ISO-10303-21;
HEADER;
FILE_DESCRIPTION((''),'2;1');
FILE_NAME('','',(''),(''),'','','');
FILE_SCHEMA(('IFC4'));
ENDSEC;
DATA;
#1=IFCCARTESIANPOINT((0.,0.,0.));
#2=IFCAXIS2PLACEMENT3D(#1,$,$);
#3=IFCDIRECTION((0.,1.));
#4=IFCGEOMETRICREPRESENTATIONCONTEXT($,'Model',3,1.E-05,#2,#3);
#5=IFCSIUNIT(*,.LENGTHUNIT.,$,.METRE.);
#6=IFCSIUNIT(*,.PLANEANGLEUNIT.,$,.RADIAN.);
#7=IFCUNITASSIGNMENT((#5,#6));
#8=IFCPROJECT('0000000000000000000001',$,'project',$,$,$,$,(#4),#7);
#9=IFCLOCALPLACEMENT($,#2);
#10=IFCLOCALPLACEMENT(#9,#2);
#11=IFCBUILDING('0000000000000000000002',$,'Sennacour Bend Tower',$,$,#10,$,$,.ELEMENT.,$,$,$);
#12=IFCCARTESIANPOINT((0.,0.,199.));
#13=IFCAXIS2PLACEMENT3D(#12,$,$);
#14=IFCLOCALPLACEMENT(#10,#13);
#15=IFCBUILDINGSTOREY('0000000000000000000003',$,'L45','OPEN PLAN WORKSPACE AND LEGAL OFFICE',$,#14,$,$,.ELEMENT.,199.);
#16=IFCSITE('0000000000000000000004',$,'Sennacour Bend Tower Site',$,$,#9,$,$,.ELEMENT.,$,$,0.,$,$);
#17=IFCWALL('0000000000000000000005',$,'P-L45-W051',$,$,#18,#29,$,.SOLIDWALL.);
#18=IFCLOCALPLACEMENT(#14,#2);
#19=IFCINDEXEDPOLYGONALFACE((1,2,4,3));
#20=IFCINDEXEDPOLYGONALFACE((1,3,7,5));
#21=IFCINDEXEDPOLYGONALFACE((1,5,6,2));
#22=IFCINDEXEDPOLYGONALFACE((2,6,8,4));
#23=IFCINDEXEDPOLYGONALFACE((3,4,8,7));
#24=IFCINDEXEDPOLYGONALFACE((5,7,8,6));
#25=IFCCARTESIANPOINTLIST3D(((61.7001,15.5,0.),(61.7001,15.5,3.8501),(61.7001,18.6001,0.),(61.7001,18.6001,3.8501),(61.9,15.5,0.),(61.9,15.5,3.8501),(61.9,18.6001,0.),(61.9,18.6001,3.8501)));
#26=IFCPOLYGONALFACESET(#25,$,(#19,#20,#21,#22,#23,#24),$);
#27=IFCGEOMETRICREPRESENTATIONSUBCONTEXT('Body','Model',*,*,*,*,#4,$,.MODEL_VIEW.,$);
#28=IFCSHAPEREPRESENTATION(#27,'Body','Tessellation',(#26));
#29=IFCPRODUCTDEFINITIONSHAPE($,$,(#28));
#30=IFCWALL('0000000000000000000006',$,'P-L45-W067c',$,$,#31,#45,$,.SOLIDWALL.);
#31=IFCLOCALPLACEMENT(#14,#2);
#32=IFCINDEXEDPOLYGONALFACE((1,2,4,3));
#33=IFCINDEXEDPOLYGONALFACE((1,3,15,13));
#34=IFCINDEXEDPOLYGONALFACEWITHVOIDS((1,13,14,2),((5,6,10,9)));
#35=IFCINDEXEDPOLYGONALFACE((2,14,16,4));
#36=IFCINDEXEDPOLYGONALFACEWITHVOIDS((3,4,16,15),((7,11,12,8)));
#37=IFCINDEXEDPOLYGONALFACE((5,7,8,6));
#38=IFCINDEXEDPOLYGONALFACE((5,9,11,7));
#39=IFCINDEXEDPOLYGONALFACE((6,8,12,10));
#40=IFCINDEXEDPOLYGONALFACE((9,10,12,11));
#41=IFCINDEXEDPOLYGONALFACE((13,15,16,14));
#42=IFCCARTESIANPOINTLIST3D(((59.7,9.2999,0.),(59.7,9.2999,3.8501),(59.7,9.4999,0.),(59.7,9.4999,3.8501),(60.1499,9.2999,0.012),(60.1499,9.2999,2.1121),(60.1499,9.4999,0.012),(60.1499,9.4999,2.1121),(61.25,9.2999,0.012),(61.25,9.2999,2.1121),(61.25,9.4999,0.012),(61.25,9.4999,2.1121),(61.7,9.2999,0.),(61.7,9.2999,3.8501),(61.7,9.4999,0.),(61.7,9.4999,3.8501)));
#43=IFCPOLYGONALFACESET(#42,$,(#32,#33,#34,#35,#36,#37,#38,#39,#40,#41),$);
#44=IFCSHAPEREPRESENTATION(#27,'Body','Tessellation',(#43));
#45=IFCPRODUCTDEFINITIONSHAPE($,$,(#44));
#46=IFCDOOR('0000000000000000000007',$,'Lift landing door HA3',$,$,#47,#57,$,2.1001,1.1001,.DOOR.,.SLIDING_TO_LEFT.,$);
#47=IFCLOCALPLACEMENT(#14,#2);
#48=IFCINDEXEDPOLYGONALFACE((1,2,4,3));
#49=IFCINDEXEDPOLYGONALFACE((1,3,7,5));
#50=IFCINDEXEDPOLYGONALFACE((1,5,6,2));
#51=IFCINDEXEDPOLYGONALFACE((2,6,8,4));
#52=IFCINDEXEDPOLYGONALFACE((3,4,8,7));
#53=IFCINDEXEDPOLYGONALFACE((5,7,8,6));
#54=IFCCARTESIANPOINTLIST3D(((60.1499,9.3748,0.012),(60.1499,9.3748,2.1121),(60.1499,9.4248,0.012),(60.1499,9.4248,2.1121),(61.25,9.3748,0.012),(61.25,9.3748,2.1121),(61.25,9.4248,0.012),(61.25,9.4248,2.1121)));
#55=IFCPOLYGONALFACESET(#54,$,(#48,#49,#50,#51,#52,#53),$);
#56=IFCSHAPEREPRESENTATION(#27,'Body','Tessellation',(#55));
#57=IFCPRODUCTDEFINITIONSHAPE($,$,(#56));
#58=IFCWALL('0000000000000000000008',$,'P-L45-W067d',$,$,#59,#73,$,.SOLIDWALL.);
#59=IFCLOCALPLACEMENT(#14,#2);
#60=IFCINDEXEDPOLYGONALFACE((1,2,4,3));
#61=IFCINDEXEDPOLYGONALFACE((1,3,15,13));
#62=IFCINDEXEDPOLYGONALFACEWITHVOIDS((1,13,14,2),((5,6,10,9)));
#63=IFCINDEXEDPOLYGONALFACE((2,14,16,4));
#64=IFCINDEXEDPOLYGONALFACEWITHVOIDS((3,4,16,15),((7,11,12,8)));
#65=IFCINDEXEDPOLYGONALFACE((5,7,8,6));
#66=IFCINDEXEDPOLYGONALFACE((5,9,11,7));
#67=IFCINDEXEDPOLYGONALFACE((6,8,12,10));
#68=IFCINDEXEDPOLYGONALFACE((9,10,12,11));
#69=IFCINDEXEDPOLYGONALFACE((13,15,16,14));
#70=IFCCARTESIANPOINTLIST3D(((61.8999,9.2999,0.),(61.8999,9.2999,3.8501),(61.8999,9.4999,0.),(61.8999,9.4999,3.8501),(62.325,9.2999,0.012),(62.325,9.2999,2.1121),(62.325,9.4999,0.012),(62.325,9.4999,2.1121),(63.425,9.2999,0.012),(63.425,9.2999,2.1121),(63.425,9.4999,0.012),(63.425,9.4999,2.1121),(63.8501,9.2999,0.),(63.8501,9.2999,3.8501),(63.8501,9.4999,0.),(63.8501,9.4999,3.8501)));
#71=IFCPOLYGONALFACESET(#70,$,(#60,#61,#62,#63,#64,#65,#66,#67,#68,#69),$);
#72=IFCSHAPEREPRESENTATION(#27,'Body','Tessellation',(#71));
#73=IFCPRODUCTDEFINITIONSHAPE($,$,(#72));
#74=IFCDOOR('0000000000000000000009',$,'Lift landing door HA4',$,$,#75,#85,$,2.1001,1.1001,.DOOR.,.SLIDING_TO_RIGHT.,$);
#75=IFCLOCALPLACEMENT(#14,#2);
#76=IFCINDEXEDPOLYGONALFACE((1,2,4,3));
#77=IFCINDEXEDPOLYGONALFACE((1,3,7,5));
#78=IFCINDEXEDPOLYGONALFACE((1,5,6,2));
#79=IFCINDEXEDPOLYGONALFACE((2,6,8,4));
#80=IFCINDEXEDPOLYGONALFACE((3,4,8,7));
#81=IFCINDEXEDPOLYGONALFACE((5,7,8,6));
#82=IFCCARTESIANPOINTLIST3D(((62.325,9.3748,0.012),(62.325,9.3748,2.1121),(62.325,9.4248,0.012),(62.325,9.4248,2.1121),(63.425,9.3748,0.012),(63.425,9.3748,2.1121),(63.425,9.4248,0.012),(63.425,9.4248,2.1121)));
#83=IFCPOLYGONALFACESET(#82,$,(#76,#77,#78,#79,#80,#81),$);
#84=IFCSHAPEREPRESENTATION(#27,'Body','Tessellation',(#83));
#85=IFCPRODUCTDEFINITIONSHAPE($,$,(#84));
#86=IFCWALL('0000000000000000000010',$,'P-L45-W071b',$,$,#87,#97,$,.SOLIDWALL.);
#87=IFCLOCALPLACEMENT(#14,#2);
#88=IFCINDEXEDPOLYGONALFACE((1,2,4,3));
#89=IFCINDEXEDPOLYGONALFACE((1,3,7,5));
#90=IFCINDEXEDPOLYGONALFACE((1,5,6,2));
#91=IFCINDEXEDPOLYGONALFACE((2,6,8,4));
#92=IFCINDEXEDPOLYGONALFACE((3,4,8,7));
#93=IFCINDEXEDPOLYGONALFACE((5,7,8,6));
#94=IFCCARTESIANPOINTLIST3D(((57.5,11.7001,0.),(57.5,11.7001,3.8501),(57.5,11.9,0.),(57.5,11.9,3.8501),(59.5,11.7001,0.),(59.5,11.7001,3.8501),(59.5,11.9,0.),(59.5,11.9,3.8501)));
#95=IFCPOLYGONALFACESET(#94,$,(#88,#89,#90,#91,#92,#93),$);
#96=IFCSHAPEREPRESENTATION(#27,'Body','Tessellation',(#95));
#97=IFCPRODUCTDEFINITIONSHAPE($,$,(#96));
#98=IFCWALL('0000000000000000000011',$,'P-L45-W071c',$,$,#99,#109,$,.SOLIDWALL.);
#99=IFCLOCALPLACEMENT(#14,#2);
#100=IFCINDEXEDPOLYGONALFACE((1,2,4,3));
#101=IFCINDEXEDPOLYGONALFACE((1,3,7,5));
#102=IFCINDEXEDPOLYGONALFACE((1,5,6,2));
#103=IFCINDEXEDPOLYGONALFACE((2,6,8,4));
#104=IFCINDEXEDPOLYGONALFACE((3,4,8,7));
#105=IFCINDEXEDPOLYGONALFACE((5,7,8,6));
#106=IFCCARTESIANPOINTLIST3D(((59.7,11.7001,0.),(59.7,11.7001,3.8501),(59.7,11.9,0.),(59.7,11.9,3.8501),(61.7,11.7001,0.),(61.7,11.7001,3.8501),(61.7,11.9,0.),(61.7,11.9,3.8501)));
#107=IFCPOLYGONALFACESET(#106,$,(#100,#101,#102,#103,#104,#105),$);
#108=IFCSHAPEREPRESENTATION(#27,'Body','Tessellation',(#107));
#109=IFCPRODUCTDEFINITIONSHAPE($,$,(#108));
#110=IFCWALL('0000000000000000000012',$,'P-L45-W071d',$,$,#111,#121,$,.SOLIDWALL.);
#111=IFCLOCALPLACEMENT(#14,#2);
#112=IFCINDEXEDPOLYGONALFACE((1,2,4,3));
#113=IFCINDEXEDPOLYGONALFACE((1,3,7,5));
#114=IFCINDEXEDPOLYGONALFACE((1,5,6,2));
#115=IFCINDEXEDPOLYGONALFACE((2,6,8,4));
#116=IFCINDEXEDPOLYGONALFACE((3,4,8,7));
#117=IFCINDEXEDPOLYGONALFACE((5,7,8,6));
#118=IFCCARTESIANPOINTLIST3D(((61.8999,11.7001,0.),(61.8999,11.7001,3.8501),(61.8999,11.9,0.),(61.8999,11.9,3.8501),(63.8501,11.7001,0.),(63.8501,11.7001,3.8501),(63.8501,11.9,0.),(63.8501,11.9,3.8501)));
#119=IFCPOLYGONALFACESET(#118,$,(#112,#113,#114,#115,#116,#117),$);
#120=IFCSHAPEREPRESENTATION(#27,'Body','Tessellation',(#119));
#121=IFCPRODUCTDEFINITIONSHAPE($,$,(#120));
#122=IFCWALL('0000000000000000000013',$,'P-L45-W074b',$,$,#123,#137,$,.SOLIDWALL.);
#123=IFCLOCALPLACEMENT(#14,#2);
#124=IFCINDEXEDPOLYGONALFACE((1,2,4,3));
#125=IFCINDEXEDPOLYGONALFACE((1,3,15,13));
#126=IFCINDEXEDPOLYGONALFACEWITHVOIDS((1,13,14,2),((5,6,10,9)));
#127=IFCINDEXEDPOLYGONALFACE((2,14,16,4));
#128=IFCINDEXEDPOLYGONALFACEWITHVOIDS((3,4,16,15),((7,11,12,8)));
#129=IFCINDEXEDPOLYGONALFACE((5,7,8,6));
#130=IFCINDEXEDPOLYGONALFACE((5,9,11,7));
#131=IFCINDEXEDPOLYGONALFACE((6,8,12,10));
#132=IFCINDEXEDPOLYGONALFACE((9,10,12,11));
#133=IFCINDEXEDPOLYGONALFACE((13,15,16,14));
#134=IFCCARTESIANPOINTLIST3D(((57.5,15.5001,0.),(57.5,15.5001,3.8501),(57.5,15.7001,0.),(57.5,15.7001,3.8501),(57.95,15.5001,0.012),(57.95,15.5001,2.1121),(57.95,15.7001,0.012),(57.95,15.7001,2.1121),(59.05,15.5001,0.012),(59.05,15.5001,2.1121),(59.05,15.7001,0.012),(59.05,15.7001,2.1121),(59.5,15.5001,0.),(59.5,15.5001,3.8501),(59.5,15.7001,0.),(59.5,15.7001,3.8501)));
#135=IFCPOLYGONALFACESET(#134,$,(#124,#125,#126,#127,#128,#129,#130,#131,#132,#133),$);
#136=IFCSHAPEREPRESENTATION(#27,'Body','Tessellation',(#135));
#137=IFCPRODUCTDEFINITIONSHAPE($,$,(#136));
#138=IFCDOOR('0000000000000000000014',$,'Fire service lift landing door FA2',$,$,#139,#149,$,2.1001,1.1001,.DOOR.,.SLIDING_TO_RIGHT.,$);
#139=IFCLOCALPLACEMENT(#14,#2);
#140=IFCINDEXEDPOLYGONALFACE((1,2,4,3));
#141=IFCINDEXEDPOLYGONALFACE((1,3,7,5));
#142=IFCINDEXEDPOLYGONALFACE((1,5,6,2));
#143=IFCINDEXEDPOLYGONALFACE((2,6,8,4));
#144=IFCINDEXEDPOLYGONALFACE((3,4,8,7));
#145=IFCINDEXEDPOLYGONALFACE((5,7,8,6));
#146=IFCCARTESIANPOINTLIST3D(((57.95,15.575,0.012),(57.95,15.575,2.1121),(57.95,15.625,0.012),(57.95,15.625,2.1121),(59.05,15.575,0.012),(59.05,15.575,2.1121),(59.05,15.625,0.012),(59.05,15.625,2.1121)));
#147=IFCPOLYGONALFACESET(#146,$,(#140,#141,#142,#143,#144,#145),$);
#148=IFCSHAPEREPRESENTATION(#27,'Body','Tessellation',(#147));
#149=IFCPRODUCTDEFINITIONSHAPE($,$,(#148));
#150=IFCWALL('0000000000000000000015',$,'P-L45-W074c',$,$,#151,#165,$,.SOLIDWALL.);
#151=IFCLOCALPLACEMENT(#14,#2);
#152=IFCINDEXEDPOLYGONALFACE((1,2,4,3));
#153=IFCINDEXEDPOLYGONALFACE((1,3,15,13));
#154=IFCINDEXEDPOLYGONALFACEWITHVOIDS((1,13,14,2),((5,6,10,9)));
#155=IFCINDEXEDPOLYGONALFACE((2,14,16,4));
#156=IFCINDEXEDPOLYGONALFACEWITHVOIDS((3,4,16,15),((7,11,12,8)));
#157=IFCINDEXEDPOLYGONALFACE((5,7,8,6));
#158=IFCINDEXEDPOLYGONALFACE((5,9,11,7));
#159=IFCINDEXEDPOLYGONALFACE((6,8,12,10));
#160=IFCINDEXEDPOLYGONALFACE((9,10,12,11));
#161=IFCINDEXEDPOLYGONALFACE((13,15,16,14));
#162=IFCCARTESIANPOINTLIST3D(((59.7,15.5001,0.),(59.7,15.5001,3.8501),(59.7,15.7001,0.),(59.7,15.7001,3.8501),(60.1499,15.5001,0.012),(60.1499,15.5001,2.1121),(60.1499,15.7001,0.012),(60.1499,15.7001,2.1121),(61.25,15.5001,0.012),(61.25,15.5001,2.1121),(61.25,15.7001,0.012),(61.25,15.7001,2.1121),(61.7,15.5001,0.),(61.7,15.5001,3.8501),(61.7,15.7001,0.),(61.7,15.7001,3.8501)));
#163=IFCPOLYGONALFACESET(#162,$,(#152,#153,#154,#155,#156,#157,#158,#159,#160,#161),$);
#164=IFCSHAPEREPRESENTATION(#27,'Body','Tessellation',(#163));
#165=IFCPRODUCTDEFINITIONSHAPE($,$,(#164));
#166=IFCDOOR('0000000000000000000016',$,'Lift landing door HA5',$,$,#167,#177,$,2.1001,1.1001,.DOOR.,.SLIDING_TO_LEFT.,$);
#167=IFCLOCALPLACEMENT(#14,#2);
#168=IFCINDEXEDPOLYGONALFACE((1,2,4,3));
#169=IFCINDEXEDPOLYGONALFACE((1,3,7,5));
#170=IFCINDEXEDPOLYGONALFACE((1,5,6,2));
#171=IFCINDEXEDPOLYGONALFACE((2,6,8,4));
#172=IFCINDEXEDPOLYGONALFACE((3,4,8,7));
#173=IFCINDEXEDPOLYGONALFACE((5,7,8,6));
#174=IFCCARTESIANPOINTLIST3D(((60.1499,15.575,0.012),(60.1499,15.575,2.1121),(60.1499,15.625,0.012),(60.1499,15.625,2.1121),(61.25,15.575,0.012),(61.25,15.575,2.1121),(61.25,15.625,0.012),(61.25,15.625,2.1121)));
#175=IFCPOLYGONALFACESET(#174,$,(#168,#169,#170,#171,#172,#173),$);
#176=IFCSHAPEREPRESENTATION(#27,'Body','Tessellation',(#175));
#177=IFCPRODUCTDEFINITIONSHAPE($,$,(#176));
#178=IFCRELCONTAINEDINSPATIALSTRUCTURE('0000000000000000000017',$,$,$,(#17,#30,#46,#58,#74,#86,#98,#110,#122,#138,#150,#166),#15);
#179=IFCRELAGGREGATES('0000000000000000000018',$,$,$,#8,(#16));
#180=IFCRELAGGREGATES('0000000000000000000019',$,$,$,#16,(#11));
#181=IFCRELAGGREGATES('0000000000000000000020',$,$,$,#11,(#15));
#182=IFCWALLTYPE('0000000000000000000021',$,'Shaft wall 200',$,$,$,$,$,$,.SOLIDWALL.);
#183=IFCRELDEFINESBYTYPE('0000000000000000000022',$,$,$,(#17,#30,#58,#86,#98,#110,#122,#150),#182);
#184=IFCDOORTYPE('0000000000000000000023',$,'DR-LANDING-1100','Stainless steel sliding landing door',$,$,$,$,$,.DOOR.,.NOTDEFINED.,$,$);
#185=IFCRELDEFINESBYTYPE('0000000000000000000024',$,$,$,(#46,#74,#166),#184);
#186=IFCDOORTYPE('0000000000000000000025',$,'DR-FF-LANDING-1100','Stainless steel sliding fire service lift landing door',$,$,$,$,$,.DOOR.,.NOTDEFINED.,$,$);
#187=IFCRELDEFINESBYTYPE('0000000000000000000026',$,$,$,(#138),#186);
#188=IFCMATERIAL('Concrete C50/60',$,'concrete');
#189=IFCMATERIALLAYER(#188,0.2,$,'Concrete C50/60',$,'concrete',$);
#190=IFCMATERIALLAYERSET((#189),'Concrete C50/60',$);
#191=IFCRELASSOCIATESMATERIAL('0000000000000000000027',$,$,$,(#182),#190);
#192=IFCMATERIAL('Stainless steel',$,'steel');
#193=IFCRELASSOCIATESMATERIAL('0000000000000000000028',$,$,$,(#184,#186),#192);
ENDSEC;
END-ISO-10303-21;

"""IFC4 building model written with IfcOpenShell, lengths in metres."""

from ifc_helpers import new_model, si_unit, direction, frame, frame_2d, origin, place, context, subcontext, project, spatial, rectangle, extrude, material, layer, layer_set, type_object, element, fill, save


model = new_model("IFC4")

# Units and contexts
model_context = context("Model", 3, precision=1e-05, world=origin(), true_north=direction((0.0, 1.0)))
body_context = subcontext(model_context, "Body", "Model", "MODEL_VIEW")
ifc_project = project(units=[si_unit("LENGTHUNIT", "METRE"), si_unit("PLANEANGLEUNIT", "RADIAN")], contexts=[model_context])

# Site, building, storey
site_placement = place(None, origin())
site = spatial("IfcSite", under=ifc_project, at=site_placement, Name="Sennacour Bend Tower Site", CompositionType="ELEMENT", RefElevation=0.0)
building_placement = place(site_placement, origin())
building = spatial("IfcBuilding", under=site, at=building_placement, Name="Sennacour Bend Tower", CompositionType="ELEMENT")
storey_placement = place(building_placement, frame((0.0, 0.0, 199.0)))
storey = spatial("IfcBuildingStorey", under=building, at=storey_placement, Name="L45", Description="OPEN PLAN WORKSPACE AND LEGAL OFFICE", CompositionType="ELEMENT", Elevation=199.0)

# Wall
ifc_material_1 = material(Name="Concrete C50/60", Category="concrete")
ifc_layer_1 = layer(ifc_material_1, 0.2, Name="Concrete C50/60", Category="concrete")
ifc_layer_set_1 = layer_set([ifc_layer_1], Name="Concrete C50/60")
wall_type_1 = type_object("IfcWallType", Name="Shaft wall 200", PredefinedType="SOLIDWALL", material=ifc_layer_set_1)
wall_1_placement = place(storey_placement, frame((61.8, 15.5, 0.0), z_axis=(0.0, 0.0, 1.0), x_axis=(0.0, 1.0, 0.0)))
element("IfcWall", 1, at=wall_1_placement, inside=storey, type_object=wall_type_1, Name="P-L45-W051", PredefinedType="SOLIDWALL", context=body_context, shape_type="SweptSolid", body=[
    extrude(rectangle(XDim=3.1001, YDim=0.2, at=frame_2d((1.55, 0.0))), origin(), (0.0, 0.0, 1.0), 3.8501),
])

# Walls, openings, doors
wall_2_placement = place(storey_placement, frame((59.7, 9.3999, 0.0), z_axis=(0.0, 0.0, 1.0), x_axis=(1.0, 0.0, 0.0)))
wall_2 = element("IfcWall", 2, at=wall_2_placement, inside=storey, type_object=wall_type_1, Name="P-L45-W067c", PredefinedType="SOLIDWALL", context=body_context, shape_type="SweptSolid", body=[
    extrude(rectangle(XDim=2.0, YDim=0.2, at=frame_2d((1.0, 0.0))), origin(), (0.0, 0.0, 1.0), 3.8501),
])
opening_1_placement = place(wall_2_placement, frame((0.45, 0.0, 0.012)))
opening_1 = element("IfcOpeningElement", 3, at=opening_1_placement, cuts=wall_2, PredefinedType="OPENING", context=body_context, shape_type="SweptSolid", body=[
    extrude(rectangle(XDim=1.1001, YDim=2.1001, at=frame_2d((0.55, 1.05))), frame((0.0, 0.1099, 0.0), z_axis=(0.0, -1.0, 0.0), x_axis=(1.0, 0.0, 0.0)), (0.0, 0.0, 1.0), 0.22),
])
ifc_material_2 = material(Name="Stainless steel", Category="steel")
door_type_1 = type_object("IfcDoorType", Name="DR-LANDING-1100", Description="Stainless steel sliding landing door", OperationType="NOTDEFINED", PredefinedType="DOOR", material=ifc_material_2)
door_1_placement = place(opening_1_placement, origin())
door_1 = element("IfcDoor", 4, at=door_1_placement, inside=storey, type_object=door_type_1, Name="Lift landing door HA3", OperationType="SLIDING_TO_LEFT", OverallHeight=2.1001, OverallWidth=1.1001, PredefinedType="DOOR", context=body_context, shape_type="SweptSolid", body=[
    extrude(rectangle(XDim=1.1001, YDim=2.1001, at=frame_2d((0.55, 1.05))), frame((0.0, 0.0249, 0.0), z_axis=(0.0, -1.0, 0.0), x_axis=(1.0, 0.0, 0.0)), (0.0, 0.0, 1.0), 0.05),
])
fill(opening_1, door_1)
wall_3_placement = place(storey_placement, frame((61.8999, 9.3999, 0.0), z_axis=(0.0, 0.0, 1.0), x_axis=(1.0, 0.0, 0.0)))
wall_3 = element("IfcWall", 5, at=wall_3_placement, inside=storey, type_object=wall_type_1, Name="P-L45-W067d", PredefinedType="SOLIDWALL", context=body_context, shape_type="SweptSolid", body=[
    extrude(rectangle(XDim=1.9502, YDim=0.2, at=frame_2d((0.9751, 0.0))), origin(), (0.0, 0.0, 1.0), 3.8501),
])
opening_2_placement = place(wall_3_placement, frame((0.425, 0.0, 0.012)))
opening_2 = element("IfcOpeningElement", 6, at=opening_2_placement, cuts=wall_3, PredefinedType="OPENING", context=body_context, shape_type="SweptSolid", body=[
    extrude(rectangle(XDim=1.1001, YDim=2.1001, at=frame_2d((0.55, 1.05))), frame((0.0, 0.1099, 0.0), z_axis=(0.0, -1.0, 0.0), x_axis=(1.0, 0.0, 0.0)), (0.0, 0.0, 1.0), 0.22),
])
door_2_placement = place(opening_2_placement, origin())
door_2 = element("IfcDoor", 7, at=door_2_placement, inside=storey, type_object=door_type_1, Name="Lift landing door HA4", OperationType="SLIDING_TO_RIGHT", OverallHeight=2.1001, OverallWidth=1.1001, PredefinedType="DOOR", context=body_context, shape_type="SweptSolid", body=[
    extrude(rectangle(XDim=1.1001, YDim=2.1001, at=frame_2d((0.55, 1.05))), frame((0.0, 0.0249, 0.0), z_axis=(0.0, -1.0, 0.0), x_axis=(1.0, 0.0, 0.0)), (0.0, 0.0, 1.0), 0.05),
])
fill(opening_2, door_2)

# Walls
for number, where, z_axis, x_axis, name in (
    (8, (57.5, 11.8, 0.0), (0.0, 0.0, 1.0), (1.0, 0.0, 0.0), "P-L45-W071b"),
    (9, (59.7, 11.8, 0.0), (0.0, 0.0, 1.0), (1.0, 0.0, 0.0), "P-L45-W071c"),
):
    element("IfcWall", number, at=place(storey_placement, frame(where, z_axis=z_axis, x_axis=x_axis)), inside=storey, type_object=wall_type_1, Name=name, PredefinedType="SOLIDWALL", context=body_context, shape_type="SweptSolid", body=[
        extrude(rectangle(XDim=2.0, YDim=0.2, at=frame_2d((1.0, 0.0))), origin(), (0.0, 0.0, 1.0), 3.8501),
    ])
wall_4_placement = place(storey_placement, frame((61.8999, 11.8, 0.0), z_axis=(0.0, 0.0, 1.0), x_axis=(1.0, 0.0, 0.0)))
element("IfcWall", 10, at=wall_4_placement, inside=storey, type_object=wall_type_1, Name="P-L45-W071d", PredefinedType="SOLIDWALL", context=body_context, shape_type="SweptSolid", body=[
    extrude(rectangle(XDim=1.9502, YDim=0.2, at=frame_2d((0.9751, 0.0))), origin(), (0.0, 0.0, 1.0), 3.8501),
])

# Walls, openings, doors
wall_5_placement = place(storey_placement, frame((57.5, 15.6001, 0.0), z_axis=(0.0, 0.0, 1.0), x_axis=(1.0, 0.0, 0.0)))
wall_5 = element("IfcWall", 11, at=wall_5_placement, inside=storey, type_object=wall_type_1, Name="P-L45-W074b", PredefinedType="SOLIDWALL", context=body_context, shape_type="SweptSolid", body=[
    extrude(rectangle(XDim=2.0, YDim=0.2, at=frame_2d((1.0, 0.0))), origin(), (0.0, 0.0, 1.0), 3.8501),
])
opening_3_placement = place(wall_5_placement, frame((0.45, 0.0, 0.012)))
opening_3 = element("IfcOpeningElement", 12, at=opening_3_placement, cuts=wall_5, PredefinedType="OPENING", context=body_context, shape_type="SweptSolid", body=[
    extrude(rectangle(XDim=1.1001, YDim=2.1001, at=frame_2d((0.55, 1.05))), frame((0.0, 0.1099, 0.0), z_axis=(0.0, -1.0, 0.0), x_axis=(1.0, 0.0, 0.0)), (0.0, 0.0, 1.0), 0.22),
])
door_type_2 = type_object("IfcDoorType", Name="DR-FF-LANDING-1100", Description="Stainless steel sliding fire service lift landing door", OperationType="NOTDEFINED", PredefinedType="DOOR", material=ifc_material_2)
door_3_placement = place(opening_3_placement, origin())
door_3 = element("IfcDoor", 13, at=door_3_placement, inside=storey, type_object=door_type_2, Name="Fire service lift landing door FA2", OperationType="SLIDING_TO_RIGHT", OverallHeight=2.1001, OverallWidth=1.1001, PredefinedType="DOOR", context=body_context, shape_type="SweptSolid", body=[
    extrude(rectangle(XDim=1.1001, YDim=2.1001, at=frame_2d((0.55, 1.05))), frame((0.0, 0.0249, 0.0), z_axis=(0.0, -1.0, 0.0), x_axis=(1.0, 0.0, 0.0)), (0.0, 0.0, 1.0), 0.05),
])
fill(opening_3, door_3)
wall_6_placement = place(storey_placement, frame((59.7, 15.6001, 0.0), z_axis=(0.0, 0.0, 1.0), x_axis=(1.0, 0.0, 0.0)))
wall_6 = element("IfcWall", 14, at=wall_6_placement, inside=storey, type_object=wall_type_1, Name="P-L45-W074c", PredefinedType="SOLIDWALL", context=body_context, shape_type="SweptSolid", body=[
    extrude(rectangle(XDim=2.0, YDim=0.2, at=frame_2d((1.0, 0.0))), origin(), (0.0, 0.0, 1.0), 3.8501),
])
opening_4_placement = place(wall_6_placement, frame((0.45, 0.0, 0.012)))
opening_4 = element("IfcOpeningElement", 15, at=opening_4_placement, cuts=wall_6, PredefinedType="OPENING", context=body_context, shape_type="SweptSolid", body=[
    extrude(rectangle(XDim=1.1001, YDim=2.1001, at=frame_2d((0.55, 1.05))), frame((0.0, 0.1099, 0.0), z_axis=(0.0, -1.0, 0.0), x_axis=(1.0, 0.0, 0.0)), (0.0, 0.0, 1.0), 0.22),
])
door_4_placement = place(opening_4_placement, origin())
door_4 = element("IfcDoor", 16, at=door_4_placement, inside=storey, type_object=door_type_1, Name="Lift landing door HA5", OperationType="SLIDING_TO_LEFT", OverallHeight=2.1001, OverallWidth=1.1001, PredefinedType="DOOR", context=body_context, shape_type="SweptSolid", body=[
    extrude(rectangle(XDim=1.1001, YDim=2.1001, at=frame_2d((0.55, 1.05))), frame((0.0, 0.0249, 0.0), z_axis=(0.0, -1.0, 0.0), x_axis=(1.0, 0.0, 0.0)), (0.0, 0.0, 1.0), 0.05),
])
fill(opening_4, door_4)

save(model, "model.ifc")
